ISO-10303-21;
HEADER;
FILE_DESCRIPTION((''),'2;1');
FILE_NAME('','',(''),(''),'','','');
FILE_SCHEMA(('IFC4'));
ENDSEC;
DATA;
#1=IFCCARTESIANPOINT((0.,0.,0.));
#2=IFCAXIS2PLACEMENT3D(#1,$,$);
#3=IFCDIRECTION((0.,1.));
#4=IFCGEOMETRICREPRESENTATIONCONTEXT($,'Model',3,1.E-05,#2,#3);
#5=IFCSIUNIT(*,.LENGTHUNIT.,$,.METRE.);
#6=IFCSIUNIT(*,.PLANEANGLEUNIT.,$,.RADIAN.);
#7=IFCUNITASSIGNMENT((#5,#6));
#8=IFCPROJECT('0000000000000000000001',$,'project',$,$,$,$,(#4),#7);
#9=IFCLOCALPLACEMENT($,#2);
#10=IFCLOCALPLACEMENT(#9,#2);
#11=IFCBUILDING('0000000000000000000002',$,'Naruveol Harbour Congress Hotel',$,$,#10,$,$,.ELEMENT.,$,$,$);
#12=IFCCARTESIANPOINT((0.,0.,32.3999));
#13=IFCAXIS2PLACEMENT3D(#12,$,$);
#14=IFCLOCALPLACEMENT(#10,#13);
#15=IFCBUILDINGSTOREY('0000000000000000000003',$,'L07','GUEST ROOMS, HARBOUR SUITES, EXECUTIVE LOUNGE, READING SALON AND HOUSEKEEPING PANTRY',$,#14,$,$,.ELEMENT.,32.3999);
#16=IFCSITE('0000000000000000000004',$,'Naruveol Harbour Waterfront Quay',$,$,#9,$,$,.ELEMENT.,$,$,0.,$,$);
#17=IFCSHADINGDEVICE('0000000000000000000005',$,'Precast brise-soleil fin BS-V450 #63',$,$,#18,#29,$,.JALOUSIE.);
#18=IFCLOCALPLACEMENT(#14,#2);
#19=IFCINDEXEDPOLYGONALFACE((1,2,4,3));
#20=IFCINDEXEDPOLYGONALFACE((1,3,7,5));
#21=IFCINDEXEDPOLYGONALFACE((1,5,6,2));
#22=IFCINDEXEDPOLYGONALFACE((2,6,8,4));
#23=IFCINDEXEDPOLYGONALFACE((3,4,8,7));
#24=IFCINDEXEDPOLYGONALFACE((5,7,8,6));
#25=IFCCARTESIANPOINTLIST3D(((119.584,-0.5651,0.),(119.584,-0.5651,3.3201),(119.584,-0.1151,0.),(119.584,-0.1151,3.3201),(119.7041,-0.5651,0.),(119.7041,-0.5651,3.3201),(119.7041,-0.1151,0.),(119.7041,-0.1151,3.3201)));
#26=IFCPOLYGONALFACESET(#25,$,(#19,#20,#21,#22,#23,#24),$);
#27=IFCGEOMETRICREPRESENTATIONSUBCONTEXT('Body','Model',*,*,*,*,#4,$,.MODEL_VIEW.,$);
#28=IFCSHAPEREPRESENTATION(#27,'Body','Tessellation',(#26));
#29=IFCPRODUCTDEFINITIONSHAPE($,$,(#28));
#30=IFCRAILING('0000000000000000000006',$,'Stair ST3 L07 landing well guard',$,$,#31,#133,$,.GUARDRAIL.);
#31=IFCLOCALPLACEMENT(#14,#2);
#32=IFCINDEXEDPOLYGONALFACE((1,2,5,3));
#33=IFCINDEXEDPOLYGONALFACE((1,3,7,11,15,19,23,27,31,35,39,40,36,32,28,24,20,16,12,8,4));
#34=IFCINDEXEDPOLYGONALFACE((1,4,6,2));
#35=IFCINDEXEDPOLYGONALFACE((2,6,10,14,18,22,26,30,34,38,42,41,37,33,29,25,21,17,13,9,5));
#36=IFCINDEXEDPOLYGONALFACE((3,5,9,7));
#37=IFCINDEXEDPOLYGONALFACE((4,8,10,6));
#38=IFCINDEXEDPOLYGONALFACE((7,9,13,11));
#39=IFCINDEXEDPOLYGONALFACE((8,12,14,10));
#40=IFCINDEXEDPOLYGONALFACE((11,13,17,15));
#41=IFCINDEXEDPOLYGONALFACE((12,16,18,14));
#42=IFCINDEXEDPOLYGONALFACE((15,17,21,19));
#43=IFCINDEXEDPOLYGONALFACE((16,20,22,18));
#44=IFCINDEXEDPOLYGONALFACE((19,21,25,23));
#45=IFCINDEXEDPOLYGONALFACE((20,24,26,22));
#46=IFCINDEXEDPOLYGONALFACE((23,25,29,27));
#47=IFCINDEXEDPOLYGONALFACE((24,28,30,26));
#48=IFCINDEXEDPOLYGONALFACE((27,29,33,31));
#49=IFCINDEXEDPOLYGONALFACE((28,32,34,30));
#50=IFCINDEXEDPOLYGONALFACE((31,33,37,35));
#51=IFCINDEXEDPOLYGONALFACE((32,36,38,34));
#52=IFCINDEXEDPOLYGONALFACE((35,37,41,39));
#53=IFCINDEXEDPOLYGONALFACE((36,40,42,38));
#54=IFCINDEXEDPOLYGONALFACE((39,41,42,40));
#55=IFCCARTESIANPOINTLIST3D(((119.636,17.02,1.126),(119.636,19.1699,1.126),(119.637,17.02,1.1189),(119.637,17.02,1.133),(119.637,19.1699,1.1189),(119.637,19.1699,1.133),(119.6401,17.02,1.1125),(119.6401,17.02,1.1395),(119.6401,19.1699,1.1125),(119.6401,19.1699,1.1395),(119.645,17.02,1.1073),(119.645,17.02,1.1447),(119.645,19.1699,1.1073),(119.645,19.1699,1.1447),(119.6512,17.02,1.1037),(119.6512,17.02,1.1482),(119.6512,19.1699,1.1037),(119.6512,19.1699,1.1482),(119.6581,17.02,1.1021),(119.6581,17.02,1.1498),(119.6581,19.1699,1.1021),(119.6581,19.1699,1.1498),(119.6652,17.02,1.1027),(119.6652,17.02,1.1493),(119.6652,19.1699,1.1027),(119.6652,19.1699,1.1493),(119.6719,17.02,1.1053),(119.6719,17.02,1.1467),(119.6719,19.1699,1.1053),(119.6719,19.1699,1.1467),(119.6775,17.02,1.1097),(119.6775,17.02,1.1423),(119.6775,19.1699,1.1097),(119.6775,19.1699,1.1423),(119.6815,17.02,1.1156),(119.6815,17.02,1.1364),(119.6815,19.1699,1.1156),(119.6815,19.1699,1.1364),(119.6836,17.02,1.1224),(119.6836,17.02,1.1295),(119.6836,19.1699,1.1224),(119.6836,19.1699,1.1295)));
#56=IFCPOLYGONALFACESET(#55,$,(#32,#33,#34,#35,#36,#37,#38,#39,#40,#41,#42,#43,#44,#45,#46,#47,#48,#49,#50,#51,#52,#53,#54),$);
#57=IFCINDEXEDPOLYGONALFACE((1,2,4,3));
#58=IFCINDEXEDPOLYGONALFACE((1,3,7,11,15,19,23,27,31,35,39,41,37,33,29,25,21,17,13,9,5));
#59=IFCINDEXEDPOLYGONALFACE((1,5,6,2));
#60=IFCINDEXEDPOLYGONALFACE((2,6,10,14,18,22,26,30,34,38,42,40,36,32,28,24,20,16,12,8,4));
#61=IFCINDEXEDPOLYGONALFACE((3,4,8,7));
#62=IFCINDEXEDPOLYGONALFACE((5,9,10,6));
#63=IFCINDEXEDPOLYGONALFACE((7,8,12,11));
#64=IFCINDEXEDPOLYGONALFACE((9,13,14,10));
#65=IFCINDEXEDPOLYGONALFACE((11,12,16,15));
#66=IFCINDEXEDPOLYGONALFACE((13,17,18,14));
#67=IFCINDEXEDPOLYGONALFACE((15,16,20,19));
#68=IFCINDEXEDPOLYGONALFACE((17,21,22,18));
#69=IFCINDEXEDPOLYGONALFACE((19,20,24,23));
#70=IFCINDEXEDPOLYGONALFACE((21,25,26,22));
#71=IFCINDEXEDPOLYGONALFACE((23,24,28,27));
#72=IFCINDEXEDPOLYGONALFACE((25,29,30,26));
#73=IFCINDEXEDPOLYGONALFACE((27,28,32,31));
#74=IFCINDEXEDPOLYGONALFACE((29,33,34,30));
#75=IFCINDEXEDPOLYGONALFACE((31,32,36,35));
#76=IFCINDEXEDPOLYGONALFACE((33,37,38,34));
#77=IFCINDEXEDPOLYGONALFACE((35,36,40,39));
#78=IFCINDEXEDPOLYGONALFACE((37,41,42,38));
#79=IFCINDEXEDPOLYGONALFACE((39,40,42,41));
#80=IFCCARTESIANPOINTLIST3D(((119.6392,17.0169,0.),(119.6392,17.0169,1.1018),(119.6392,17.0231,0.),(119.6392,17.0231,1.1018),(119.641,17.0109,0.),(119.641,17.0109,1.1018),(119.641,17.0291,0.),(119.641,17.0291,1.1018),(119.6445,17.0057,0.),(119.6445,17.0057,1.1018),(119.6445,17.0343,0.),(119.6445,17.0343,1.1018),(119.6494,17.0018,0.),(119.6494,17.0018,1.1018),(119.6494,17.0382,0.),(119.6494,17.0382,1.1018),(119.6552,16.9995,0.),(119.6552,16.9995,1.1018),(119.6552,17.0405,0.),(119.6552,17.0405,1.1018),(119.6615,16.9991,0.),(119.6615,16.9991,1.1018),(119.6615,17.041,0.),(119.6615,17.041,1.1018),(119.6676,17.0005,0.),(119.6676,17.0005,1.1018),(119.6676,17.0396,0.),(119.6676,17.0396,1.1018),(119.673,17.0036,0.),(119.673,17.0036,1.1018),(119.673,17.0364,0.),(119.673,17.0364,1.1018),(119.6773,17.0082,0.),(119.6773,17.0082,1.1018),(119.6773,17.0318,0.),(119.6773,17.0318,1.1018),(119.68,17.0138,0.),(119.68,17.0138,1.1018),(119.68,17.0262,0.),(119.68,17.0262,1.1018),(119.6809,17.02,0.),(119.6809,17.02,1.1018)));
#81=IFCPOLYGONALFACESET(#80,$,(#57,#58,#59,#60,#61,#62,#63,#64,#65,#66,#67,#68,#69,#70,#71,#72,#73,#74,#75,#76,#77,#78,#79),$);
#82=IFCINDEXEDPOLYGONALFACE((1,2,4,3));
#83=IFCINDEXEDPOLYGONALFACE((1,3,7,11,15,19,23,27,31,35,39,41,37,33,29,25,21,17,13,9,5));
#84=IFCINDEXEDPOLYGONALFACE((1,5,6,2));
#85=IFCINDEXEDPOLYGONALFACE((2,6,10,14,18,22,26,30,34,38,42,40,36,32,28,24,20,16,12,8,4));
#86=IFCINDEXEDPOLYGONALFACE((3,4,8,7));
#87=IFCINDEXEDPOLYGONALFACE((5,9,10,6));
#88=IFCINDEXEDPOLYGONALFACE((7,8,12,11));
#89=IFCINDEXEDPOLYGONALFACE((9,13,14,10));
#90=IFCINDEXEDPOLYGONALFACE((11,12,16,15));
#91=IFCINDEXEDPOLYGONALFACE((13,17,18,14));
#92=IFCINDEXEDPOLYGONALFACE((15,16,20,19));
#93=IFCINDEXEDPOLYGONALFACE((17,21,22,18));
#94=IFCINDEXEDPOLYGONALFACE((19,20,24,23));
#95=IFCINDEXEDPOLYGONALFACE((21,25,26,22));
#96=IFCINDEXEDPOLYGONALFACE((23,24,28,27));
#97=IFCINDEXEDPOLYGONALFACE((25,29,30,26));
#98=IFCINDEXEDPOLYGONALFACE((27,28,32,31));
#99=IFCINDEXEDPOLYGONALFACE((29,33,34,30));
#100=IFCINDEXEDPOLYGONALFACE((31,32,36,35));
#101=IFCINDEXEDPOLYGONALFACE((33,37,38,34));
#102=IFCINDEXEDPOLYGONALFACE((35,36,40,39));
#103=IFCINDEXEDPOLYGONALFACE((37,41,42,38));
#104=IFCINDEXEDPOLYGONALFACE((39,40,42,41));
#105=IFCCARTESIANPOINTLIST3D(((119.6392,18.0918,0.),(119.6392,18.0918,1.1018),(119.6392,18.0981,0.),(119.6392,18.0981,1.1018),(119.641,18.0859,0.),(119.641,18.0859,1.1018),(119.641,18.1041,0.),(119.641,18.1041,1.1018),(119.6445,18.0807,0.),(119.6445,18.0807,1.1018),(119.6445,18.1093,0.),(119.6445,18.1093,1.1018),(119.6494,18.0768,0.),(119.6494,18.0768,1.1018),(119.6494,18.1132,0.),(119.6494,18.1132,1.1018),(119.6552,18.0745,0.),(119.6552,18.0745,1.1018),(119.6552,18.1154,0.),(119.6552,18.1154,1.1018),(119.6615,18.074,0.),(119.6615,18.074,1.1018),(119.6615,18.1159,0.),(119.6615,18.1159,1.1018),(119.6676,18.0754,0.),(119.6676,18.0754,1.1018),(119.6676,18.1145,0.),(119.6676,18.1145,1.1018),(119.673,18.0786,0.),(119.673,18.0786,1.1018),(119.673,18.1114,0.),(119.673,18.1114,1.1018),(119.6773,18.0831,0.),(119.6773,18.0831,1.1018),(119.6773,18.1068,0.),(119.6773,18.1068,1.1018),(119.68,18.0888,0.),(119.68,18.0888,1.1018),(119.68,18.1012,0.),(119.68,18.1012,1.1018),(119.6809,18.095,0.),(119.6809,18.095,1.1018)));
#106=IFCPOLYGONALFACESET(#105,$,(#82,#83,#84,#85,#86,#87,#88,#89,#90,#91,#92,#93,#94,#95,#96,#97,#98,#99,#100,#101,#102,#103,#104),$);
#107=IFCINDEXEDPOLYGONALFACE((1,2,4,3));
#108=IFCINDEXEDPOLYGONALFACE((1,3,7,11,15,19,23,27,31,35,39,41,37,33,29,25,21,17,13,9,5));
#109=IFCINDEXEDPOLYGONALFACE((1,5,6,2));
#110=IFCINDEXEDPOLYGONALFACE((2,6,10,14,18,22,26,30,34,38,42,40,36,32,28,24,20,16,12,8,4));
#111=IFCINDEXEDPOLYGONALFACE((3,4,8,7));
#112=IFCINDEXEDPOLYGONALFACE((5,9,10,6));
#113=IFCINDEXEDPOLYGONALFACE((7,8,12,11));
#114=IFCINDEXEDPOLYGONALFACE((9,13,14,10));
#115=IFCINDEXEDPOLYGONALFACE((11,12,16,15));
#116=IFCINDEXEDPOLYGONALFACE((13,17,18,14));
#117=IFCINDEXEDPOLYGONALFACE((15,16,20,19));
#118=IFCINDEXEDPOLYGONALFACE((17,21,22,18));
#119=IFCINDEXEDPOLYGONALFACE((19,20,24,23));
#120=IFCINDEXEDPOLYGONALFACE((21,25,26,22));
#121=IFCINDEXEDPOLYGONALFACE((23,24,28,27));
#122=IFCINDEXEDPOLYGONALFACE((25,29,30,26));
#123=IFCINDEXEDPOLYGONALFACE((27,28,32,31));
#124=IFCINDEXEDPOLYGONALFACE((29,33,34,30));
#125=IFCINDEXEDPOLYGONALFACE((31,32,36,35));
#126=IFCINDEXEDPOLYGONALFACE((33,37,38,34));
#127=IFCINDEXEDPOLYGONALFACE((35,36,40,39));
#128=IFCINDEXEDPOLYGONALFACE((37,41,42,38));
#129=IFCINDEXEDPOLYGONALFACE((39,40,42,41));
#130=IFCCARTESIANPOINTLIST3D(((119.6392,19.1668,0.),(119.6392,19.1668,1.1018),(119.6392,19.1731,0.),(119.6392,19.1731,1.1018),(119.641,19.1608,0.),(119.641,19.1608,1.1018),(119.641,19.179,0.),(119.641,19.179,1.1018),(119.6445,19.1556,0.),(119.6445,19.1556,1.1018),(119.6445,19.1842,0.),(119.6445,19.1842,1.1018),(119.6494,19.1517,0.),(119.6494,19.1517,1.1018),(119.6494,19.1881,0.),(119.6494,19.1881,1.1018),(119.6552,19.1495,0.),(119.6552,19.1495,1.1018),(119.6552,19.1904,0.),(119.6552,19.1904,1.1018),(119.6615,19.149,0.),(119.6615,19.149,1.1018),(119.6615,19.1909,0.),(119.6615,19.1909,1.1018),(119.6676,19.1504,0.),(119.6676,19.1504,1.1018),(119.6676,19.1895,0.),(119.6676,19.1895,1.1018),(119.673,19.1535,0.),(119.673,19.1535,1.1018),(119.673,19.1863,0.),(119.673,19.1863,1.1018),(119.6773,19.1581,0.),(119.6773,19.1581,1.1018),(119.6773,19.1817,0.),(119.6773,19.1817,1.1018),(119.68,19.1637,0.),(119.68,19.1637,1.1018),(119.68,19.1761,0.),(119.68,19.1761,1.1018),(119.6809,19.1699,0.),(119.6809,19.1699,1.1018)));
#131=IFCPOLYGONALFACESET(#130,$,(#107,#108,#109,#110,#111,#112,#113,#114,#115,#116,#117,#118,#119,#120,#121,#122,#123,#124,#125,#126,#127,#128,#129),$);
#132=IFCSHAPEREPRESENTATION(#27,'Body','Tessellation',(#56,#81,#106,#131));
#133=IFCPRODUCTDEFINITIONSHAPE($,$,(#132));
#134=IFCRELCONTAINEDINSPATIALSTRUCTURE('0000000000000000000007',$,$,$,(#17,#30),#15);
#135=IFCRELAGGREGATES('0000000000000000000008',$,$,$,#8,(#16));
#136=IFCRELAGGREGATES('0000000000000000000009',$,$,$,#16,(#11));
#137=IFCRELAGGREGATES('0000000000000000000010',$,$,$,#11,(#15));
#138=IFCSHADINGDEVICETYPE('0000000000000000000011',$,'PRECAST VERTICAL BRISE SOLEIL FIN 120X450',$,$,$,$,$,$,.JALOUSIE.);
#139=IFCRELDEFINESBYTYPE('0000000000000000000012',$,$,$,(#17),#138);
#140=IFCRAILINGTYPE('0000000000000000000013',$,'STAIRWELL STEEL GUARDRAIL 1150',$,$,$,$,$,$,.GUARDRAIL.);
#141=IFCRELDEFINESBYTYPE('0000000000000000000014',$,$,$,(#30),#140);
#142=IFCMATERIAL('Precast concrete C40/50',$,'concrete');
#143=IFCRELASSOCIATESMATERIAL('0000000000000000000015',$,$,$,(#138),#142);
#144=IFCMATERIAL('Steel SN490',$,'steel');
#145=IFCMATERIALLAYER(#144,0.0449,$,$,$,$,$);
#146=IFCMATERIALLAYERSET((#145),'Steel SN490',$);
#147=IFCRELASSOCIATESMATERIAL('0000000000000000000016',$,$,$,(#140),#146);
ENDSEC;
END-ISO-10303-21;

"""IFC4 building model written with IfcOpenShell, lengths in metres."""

from ifc_helpers import new_model, si_unit, direction, frame, origin, origin_2d, place, context, subcontext, project, spatial, rectangle, circle, extrude, material, layer, layer_set, type_object, element, save


model = new_model("IFC4")

# Units and contexts
model_context = context("Model", 3, precision=1e-05, world=origin(), true_north=direction((0.0, 1.0)))
body_context = subcontext(model_context, "Body", "Model", "MODEL_VIEW")
ifc_project = project(units=[si_unit("LENGTHUNIT", "METRE"), si_unit("PLANEANGLEUNIT", "RADIAN")], contexts=[model_context])

# Site, building, storey
site_placement = place(None, origin())
site = spatial("IfcSite", under=ifc_project, at=site_placement, Name="Naruveol Harbour Waterfront Quay", CompositionType="ELEMENT", RefElevation=0.0)
building_placement = place(site_placement, origin())
building = spatial("IfcBuilding", under=site, at=building_placement, Name="Naruveol Harbour Congress Hotel", CompositionType="ELEMENT")
storey_placement = place(building_placement, frame((0.0, 0.0, 32.3999)))
storey = spatial("IfcBuildingStorey", under=building, at=storey_placement, Name="L07", Description="GUEST ROOMS, HARBOUR SUITES, EXECUTIVE LOUNGE, READING SALON AND HOUSEKEEPING PANTRY", CompositionType="ELEMENT", Elevation=32.3999)

# Shading device
ifc_material_1 = material(Name="Precast concrete C40/50", Category="concrete")
shading_device_type = type_object("IfcShadingDeviceType", Name="PRECAST VERTICAL BRISE SOLEIL FIN 120X450", PredefinedType="JALOUSIE", material=ifc_material_1)
shading_device_placement = place(storey_placement, frame((119.644, -0.3401, 0.0), z_axis=(0.0, 0.0, 1.0), x_axis=(-1.0, 0.0, 0.0)))
element("IfcShadingDevice", 1, at=shading_device_placement, inside=storey, type_object=shading_device_type, Name="Precast brise-soleil fin BS-V450 #63", PredefinedType="JALOUSIE", context=body_context, shape_type="SweptSolid", body=[
    extrude(rectangle(XDim=0.1201, YDim=0.45, at=origin_2d()), origin(), (0.0, 0.0, 1.0), 3.3201),
])

# Railing
ifc_material_2 = material(Name="Steel SN490", Category="steel")
ifc_layer_1 = layer(ifc_material_2, 0.0449)
ifc_layer_set_1 = layer_set([ifc_layer_1], Name="Steel SN490")
railing_type = type_object("IfcRailingType", Name="STAIRWELL STEEL GUARDRAIL 1150", PredefinedType="GUARDRAIL", material=ifc_layer_set_1)
railing_placement = place(storey_placement, frame((119.6599, 17.02, 0.0)))
element("IfcRailing", 2, at=railing_placement, inside=storey, type_object=railing_type, Name="Stair ST3 L07 landing well guard", PredefinedType="GUARDRAIL", context=body_context, shape_type="SweptSolid", body=[
    extrude(circle(Radius=0.0239, at=origin_2d()), frame((0.0, 0.0, 1.126), z_axis=(0.0, 1.0, 0.0), x_axis=(-1.0, 0.0, 0.0)), (0.0, 0.0, 1.0), 2.1499),
    extrude(circle(Radius=0.021, at=origin_2d()), origin(), (0.0, 0.0, 1.0), 1.1018),
    extrude(circle(Radius=0.021, at=origin_2d()), frame((0.0, 1.075, 0.0)), (0.0, 0.0, 1.0), 1.1018),
    extrude(circle(Radius=0.021, at=origin_2d()), frame((0.0, 2.1499, 0.0)), (0.0, 0.0, 1.0), 1.1018),
])

save(model, "model.ifc")
